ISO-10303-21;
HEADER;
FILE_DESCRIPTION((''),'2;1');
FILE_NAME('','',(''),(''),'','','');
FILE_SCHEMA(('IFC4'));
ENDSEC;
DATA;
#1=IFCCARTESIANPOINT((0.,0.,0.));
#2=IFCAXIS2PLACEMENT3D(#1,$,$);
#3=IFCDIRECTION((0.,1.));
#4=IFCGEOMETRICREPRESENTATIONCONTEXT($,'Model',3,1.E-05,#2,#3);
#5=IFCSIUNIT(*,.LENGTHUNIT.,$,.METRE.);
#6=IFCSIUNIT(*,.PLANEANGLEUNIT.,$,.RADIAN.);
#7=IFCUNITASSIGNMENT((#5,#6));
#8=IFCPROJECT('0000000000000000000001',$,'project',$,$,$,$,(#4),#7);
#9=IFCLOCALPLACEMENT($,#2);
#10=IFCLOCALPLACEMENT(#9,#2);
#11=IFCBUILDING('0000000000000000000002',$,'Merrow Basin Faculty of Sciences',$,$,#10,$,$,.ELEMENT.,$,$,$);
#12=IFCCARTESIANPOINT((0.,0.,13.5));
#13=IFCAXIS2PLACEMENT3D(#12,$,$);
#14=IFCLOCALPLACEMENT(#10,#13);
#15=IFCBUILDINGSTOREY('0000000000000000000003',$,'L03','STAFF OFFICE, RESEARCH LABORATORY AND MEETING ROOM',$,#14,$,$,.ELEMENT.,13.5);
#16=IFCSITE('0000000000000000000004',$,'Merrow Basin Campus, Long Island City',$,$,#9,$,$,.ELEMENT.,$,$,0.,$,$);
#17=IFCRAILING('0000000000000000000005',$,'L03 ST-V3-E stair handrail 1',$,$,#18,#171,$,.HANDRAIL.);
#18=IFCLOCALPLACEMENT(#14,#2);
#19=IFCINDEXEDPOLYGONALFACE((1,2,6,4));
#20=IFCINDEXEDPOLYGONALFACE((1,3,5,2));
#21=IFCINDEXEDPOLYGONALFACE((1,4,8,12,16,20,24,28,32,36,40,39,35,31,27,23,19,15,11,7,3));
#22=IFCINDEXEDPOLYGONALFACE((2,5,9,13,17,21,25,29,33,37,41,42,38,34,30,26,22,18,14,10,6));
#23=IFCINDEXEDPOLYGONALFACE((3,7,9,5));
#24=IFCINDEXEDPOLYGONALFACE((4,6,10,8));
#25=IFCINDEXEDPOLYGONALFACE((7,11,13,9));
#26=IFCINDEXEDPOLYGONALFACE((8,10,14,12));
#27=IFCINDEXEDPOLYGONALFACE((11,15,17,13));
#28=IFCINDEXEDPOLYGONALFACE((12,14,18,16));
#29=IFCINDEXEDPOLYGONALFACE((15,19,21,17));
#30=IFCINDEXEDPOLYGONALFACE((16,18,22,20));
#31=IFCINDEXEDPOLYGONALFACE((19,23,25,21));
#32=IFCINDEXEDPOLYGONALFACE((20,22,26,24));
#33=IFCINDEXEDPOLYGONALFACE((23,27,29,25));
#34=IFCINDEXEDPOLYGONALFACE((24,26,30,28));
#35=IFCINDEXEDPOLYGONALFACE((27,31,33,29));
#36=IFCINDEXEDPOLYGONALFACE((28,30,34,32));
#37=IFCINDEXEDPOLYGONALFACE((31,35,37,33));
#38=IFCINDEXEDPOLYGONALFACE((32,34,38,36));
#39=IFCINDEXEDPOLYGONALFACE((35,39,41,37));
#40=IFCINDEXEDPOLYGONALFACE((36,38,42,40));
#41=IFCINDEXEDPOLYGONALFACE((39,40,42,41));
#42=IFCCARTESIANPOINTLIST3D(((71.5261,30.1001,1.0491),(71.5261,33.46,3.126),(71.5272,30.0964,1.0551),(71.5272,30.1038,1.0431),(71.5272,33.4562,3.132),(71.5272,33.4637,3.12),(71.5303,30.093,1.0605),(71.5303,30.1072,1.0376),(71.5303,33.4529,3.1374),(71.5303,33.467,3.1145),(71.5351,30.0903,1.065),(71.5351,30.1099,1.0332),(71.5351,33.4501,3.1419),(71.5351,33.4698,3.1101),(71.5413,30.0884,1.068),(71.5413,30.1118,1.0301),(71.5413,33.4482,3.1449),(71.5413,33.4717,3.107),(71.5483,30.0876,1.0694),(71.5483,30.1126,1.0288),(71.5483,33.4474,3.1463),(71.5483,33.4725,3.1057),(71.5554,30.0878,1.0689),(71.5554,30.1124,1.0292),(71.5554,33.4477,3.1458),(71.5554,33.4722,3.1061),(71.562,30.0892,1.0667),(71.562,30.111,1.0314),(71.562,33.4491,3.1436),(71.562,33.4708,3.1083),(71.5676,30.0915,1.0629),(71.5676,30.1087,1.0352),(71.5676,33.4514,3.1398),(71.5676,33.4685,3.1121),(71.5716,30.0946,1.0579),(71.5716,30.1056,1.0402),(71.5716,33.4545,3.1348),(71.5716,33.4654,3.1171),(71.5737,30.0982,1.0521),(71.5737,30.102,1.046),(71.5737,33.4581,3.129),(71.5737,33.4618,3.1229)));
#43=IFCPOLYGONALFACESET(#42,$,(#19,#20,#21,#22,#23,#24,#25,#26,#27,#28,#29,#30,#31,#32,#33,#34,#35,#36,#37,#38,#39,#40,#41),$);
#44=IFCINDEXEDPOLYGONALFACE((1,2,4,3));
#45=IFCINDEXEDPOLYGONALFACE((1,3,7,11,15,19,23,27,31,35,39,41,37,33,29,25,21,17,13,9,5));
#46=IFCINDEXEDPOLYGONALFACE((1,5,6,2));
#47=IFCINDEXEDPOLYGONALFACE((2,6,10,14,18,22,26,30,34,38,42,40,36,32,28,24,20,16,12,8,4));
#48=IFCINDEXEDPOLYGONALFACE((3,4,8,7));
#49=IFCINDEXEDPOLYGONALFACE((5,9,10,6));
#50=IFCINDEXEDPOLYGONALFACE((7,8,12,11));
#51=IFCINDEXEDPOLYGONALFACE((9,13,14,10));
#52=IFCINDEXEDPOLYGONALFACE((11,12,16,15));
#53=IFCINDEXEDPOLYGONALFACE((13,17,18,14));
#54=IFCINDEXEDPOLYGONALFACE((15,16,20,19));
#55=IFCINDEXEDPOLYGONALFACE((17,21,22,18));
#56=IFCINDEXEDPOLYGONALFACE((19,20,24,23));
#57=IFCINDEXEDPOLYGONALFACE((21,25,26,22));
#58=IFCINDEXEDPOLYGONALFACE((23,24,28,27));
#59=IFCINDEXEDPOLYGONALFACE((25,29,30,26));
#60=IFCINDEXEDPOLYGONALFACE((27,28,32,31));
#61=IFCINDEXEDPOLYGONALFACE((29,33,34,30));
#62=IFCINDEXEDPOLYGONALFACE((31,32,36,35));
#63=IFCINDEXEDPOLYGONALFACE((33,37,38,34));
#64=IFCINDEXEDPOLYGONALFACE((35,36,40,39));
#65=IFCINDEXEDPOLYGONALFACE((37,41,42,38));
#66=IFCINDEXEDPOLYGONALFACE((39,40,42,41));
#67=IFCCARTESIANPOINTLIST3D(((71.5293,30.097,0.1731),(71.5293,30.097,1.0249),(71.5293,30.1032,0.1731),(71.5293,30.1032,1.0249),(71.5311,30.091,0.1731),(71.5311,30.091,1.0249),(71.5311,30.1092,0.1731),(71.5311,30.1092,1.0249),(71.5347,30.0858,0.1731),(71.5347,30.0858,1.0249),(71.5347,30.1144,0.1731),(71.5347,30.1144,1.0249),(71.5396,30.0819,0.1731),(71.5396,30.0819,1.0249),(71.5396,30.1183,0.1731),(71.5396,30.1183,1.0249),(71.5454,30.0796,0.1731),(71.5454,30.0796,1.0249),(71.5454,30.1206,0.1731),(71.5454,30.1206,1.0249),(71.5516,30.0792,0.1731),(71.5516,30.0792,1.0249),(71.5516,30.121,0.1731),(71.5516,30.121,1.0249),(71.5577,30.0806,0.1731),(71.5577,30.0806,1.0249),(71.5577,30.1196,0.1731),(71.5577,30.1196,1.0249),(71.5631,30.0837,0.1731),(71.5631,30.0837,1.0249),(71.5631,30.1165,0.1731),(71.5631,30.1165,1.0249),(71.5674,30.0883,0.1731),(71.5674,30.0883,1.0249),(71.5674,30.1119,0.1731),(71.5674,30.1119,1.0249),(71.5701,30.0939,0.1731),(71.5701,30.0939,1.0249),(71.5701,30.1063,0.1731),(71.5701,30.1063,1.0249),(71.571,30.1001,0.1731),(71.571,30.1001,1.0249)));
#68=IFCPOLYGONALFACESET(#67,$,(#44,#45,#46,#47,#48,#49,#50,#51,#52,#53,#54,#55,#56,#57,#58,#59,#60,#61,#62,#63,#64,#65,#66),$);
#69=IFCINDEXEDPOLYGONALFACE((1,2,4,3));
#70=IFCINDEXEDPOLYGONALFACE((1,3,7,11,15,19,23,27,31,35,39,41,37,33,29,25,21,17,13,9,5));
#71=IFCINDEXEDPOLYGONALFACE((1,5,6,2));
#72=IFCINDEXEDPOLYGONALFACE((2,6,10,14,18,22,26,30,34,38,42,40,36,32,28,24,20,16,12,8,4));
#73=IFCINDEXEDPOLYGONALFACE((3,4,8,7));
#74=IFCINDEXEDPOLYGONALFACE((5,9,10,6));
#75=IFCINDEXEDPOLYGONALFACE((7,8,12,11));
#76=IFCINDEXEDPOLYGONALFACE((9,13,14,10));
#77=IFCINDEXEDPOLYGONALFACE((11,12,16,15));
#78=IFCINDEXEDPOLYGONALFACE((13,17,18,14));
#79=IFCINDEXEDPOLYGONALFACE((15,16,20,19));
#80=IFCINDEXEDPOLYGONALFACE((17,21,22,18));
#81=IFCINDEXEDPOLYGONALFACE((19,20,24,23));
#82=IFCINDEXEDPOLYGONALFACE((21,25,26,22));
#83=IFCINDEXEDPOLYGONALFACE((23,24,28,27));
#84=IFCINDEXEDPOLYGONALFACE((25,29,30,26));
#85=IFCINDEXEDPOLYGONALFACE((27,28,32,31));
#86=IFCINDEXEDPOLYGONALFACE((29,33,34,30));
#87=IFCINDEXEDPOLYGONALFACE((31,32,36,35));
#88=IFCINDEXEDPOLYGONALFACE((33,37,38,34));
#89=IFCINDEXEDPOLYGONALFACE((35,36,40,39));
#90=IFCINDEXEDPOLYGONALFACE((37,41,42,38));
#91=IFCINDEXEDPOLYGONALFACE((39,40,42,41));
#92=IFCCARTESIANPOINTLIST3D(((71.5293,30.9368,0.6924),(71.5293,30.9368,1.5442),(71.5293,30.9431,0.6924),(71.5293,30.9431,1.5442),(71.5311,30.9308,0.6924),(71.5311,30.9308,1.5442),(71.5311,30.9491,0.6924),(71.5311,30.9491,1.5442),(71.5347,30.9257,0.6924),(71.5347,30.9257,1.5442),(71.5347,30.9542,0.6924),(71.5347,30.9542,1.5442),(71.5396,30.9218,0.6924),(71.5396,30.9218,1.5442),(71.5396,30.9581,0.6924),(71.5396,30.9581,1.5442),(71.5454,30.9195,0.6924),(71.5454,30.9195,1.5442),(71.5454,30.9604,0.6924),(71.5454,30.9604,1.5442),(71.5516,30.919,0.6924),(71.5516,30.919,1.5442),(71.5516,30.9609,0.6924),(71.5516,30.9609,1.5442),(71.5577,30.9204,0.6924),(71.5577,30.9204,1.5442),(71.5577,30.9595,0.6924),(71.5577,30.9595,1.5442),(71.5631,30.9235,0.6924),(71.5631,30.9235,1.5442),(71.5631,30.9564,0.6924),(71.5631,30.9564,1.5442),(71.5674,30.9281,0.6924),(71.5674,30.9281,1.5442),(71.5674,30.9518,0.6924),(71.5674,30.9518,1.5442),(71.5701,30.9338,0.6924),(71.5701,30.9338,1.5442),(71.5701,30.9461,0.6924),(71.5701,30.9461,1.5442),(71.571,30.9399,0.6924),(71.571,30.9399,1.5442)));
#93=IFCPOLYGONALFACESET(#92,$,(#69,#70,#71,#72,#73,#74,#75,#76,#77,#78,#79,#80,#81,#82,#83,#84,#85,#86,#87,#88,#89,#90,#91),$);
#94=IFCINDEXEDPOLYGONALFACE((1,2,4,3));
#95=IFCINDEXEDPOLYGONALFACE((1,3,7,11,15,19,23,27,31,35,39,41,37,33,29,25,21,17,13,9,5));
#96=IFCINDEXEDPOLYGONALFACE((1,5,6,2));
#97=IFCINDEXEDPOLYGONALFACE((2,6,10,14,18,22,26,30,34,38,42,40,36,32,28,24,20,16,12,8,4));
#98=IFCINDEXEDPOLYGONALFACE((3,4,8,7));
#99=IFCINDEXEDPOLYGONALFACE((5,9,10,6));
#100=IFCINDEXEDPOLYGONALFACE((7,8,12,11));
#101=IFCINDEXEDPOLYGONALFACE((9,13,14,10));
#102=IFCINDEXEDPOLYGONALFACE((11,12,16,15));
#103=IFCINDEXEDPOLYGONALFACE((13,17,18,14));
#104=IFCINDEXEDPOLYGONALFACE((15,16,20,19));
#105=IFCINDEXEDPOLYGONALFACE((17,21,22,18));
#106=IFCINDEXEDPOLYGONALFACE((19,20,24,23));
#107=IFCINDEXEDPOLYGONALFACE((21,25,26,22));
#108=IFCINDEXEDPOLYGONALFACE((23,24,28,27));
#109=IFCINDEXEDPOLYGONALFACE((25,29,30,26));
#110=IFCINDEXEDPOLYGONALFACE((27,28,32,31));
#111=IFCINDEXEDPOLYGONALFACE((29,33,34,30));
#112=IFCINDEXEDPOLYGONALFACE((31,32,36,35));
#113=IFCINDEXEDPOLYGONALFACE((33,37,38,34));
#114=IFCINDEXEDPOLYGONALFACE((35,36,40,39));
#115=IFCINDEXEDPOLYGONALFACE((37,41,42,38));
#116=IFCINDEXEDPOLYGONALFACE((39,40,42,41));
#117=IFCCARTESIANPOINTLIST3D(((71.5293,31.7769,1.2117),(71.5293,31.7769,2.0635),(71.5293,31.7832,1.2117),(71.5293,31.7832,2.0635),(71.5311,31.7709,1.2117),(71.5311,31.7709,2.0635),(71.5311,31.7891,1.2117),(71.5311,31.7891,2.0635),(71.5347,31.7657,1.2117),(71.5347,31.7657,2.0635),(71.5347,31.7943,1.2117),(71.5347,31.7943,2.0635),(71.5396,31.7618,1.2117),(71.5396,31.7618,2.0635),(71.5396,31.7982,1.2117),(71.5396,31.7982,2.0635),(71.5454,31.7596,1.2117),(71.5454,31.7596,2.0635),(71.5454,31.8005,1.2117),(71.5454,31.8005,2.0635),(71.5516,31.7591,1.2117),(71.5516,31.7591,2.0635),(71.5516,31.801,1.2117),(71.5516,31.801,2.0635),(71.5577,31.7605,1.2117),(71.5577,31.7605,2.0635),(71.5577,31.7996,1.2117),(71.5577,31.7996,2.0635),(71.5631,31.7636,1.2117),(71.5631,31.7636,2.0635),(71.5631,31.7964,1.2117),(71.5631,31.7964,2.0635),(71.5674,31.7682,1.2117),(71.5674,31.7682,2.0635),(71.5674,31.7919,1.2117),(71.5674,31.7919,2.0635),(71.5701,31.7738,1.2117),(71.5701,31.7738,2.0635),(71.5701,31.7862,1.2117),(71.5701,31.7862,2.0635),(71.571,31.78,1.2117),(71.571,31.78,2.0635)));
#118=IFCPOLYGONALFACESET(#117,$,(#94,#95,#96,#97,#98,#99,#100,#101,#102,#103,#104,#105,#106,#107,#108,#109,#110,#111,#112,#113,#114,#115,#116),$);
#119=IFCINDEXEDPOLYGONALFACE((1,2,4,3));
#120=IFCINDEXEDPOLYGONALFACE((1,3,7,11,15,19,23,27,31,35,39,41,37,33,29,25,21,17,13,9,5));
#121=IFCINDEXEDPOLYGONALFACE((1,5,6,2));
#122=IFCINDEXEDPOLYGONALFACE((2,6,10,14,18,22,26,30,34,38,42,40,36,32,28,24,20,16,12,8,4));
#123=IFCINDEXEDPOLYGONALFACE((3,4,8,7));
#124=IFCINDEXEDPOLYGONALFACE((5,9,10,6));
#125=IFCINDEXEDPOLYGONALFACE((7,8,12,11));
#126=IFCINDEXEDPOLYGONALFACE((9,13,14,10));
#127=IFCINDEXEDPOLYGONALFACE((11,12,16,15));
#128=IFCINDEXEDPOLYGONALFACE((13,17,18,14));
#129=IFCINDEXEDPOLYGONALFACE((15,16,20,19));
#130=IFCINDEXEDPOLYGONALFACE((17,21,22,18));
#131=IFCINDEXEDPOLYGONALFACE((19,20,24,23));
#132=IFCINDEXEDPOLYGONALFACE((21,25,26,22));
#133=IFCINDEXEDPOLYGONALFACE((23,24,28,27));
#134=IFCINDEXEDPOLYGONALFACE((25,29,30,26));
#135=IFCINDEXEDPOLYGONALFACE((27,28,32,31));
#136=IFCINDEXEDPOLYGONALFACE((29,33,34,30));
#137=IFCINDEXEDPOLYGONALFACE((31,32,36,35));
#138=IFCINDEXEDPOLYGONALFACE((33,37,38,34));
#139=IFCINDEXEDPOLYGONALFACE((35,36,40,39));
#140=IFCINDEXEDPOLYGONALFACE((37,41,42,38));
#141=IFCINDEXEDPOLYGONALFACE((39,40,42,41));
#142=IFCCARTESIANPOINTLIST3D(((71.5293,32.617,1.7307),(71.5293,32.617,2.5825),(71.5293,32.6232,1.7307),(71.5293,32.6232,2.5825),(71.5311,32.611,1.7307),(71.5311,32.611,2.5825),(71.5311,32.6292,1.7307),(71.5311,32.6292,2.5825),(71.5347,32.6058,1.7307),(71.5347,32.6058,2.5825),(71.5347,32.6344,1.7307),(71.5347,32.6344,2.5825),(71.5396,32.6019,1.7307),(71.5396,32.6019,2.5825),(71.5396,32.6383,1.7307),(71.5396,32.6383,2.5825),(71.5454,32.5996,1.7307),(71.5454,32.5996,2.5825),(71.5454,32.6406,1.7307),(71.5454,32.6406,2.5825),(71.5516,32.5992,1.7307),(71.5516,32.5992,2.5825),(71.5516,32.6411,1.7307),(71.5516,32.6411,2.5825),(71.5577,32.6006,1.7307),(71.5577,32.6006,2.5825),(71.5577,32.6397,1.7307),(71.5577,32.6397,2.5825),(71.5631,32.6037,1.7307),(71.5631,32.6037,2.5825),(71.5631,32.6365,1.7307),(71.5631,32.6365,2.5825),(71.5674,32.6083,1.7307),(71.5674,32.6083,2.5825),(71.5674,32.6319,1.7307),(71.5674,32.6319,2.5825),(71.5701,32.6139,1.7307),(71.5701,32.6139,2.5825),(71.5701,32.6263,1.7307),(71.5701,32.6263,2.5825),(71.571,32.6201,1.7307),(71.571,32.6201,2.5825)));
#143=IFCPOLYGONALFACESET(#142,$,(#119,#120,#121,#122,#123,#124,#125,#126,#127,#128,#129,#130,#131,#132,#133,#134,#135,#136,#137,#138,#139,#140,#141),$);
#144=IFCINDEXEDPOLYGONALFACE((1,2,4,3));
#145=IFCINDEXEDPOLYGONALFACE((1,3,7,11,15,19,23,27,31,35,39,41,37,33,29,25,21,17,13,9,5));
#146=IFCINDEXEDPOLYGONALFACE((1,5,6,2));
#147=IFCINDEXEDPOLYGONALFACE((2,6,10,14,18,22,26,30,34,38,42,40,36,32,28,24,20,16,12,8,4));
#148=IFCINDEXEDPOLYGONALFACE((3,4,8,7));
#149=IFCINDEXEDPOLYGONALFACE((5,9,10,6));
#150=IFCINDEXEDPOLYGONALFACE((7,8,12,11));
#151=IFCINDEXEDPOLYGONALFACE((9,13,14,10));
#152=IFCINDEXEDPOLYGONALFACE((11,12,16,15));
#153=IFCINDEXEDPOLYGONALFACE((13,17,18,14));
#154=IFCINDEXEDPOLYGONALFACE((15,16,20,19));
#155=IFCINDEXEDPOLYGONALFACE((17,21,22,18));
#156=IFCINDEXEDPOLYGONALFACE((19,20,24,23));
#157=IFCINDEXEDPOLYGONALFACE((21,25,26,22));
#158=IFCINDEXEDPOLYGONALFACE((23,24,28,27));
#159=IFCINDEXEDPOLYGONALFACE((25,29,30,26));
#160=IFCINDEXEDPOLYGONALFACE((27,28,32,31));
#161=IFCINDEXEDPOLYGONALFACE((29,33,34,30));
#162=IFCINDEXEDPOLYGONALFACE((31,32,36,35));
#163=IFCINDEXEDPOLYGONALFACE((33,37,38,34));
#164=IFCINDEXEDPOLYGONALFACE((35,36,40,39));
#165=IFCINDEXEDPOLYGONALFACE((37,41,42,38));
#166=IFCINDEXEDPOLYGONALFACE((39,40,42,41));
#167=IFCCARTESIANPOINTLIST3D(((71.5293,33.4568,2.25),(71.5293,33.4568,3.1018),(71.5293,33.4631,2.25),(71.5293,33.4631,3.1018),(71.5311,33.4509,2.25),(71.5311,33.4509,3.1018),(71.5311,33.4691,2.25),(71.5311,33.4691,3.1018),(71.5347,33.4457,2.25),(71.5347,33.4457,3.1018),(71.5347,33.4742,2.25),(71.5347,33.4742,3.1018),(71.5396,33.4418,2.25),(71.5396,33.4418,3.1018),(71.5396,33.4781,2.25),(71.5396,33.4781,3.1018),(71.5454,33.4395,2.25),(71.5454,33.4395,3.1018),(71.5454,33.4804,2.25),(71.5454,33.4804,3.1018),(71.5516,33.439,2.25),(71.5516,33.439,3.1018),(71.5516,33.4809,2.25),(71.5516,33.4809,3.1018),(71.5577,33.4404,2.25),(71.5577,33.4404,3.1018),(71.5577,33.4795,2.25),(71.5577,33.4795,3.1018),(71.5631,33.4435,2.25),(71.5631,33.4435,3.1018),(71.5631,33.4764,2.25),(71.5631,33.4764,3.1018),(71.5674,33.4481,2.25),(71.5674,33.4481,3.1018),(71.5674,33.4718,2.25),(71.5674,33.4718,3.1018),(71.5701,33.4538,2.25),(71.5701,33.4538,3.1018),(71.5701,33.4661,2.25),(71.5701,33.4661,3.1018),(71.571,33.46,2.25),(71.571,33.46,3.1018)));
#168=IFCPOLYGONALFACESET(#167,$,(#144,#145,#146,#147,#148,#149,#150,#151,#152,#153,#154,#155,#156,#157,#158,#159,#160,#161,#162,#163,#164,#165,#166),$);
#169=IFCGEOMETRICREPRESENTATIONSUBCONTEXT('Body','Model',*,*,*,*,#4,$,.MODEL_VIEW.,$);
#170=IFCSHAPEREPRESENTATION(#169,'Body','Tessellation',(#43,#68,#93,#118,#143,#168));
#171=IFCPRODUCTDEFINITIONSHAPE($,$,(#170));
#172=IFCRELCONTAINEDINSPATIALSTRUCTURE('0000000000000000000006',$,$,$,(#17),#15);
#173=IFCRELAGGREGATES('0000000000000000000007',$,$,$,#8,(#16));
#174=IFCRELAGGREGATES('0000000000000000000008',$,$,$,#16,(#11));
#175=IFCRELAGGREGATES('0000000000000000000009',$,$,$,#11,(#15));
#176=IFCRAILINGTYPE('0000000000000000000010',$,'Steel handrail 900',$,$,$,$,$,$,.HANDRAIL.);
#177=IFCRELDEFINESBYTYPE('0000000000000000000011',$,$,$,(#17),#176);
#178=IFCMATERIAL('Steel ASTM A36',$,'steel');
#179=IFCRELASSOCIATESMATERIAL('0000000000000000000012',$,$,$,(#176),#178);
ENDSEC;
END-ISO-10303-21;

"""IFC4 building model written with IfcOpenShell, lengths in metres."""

from ifc_helpers import new_model, si_unit, direction, frame, origin, origin_2d, place, context, subcontext, project, spatial, circle, extrude, material, type_object, element, save


model = new_model("IFC4")

# Units and contexts
model_context = context("Model", 3, precision=1e-05, world=origin(), true_north=direction((0.0, 1.0)))
body_context = subcontext(model_context, "Body", "Model", "MODEL_VIEW")
ifc_project = project(units=[si_unit("LENGTHUNIT", "METRE"), si_unit("PLANEANGLEUNIT", "RADIAN")], contexts=[model_context])

# Site, building, storey
site_placement = place(None, origin())
site = spatial("IfcSite", under=ifc_project, at=site_placement, Name="Merrow Basin Campus, Long Island City", CompositionType="ELEMENT", RefElevation=0.0)
building_placement = place(site_placement, origin())
building = spatial("IfcBuilding", under=site, at=building_placement, Name="Merrow Basin Faculty of Sciences", CompositionType="ELEMENT")
storey_placement = place(building_placement, frame((0.0, 0.0, 13.5)))
storey = spatial("IfcBuildingStorey", under=building, at=storey_placement, Name="L03", Description="STAFF OFFICE, RESEARCH LABORATORY AND MEETING ROOM", CompositionType="ELEMENT", Elevation=13.5)

# Railing
ifc_material_1 = material(Name="Steel ASTM A36", Category="steel")
railing_type_1 = type_object("IfcRailingType", Name="Steel handrail 900", PredefinedType="HANDRAIL", material=ifc_material_1)
railing_1_placement = place(storey_placement, frame((71.55, 30.1001, 0.1731)))
element("IfcRailing", 1, at=railing_1_placement, inside=storey, type_object=railing_type_1, Name="L03 ST-V3-E stair handrail 1", PredefinedType="HANDRAIL", context=body_context, shape_type="SweptSolid", body=[
    extrude(circle(Radius=0.0239, at=origin_2d()), frame((0.0, 0.0, 0.876), z_axis=(0.0, 0.850606, 0.525803), x_axis=(-1.0, 0.0, 0.0)), (0.0, 0.0, 1.0), 3.95),
    extrude(circle(Radius=0.021, at=origin_2d()), origin(), (0.0, 0.0, 1.0), 0.8518),
    extrude(circle(Radius=0.021, at=origin_2d()), frame((0.0, 0.8398, 0.5193)), (0.0, 0.0, 1.0), 0.8518),
    extrude(circle(Radius=0.021, at=origin_2d()), frame((0.0, 1.6799, 1.0386)), (0.0, 0.0, 1.0), 0.8518),
    extrude(circle(Radius=0.021, at=origin_2d()), frame((0.0, 2.52, 1.5576)), (0.0, 0.0, 1.0), 0.8518),
    extrude(circle(Radius=0.021, at=origin_2d()), frame((0.0, 3.3599, 2.0769)), (0.0, 0.0, 1.0), 0.8518),
])

save(model, "model.ifc")
